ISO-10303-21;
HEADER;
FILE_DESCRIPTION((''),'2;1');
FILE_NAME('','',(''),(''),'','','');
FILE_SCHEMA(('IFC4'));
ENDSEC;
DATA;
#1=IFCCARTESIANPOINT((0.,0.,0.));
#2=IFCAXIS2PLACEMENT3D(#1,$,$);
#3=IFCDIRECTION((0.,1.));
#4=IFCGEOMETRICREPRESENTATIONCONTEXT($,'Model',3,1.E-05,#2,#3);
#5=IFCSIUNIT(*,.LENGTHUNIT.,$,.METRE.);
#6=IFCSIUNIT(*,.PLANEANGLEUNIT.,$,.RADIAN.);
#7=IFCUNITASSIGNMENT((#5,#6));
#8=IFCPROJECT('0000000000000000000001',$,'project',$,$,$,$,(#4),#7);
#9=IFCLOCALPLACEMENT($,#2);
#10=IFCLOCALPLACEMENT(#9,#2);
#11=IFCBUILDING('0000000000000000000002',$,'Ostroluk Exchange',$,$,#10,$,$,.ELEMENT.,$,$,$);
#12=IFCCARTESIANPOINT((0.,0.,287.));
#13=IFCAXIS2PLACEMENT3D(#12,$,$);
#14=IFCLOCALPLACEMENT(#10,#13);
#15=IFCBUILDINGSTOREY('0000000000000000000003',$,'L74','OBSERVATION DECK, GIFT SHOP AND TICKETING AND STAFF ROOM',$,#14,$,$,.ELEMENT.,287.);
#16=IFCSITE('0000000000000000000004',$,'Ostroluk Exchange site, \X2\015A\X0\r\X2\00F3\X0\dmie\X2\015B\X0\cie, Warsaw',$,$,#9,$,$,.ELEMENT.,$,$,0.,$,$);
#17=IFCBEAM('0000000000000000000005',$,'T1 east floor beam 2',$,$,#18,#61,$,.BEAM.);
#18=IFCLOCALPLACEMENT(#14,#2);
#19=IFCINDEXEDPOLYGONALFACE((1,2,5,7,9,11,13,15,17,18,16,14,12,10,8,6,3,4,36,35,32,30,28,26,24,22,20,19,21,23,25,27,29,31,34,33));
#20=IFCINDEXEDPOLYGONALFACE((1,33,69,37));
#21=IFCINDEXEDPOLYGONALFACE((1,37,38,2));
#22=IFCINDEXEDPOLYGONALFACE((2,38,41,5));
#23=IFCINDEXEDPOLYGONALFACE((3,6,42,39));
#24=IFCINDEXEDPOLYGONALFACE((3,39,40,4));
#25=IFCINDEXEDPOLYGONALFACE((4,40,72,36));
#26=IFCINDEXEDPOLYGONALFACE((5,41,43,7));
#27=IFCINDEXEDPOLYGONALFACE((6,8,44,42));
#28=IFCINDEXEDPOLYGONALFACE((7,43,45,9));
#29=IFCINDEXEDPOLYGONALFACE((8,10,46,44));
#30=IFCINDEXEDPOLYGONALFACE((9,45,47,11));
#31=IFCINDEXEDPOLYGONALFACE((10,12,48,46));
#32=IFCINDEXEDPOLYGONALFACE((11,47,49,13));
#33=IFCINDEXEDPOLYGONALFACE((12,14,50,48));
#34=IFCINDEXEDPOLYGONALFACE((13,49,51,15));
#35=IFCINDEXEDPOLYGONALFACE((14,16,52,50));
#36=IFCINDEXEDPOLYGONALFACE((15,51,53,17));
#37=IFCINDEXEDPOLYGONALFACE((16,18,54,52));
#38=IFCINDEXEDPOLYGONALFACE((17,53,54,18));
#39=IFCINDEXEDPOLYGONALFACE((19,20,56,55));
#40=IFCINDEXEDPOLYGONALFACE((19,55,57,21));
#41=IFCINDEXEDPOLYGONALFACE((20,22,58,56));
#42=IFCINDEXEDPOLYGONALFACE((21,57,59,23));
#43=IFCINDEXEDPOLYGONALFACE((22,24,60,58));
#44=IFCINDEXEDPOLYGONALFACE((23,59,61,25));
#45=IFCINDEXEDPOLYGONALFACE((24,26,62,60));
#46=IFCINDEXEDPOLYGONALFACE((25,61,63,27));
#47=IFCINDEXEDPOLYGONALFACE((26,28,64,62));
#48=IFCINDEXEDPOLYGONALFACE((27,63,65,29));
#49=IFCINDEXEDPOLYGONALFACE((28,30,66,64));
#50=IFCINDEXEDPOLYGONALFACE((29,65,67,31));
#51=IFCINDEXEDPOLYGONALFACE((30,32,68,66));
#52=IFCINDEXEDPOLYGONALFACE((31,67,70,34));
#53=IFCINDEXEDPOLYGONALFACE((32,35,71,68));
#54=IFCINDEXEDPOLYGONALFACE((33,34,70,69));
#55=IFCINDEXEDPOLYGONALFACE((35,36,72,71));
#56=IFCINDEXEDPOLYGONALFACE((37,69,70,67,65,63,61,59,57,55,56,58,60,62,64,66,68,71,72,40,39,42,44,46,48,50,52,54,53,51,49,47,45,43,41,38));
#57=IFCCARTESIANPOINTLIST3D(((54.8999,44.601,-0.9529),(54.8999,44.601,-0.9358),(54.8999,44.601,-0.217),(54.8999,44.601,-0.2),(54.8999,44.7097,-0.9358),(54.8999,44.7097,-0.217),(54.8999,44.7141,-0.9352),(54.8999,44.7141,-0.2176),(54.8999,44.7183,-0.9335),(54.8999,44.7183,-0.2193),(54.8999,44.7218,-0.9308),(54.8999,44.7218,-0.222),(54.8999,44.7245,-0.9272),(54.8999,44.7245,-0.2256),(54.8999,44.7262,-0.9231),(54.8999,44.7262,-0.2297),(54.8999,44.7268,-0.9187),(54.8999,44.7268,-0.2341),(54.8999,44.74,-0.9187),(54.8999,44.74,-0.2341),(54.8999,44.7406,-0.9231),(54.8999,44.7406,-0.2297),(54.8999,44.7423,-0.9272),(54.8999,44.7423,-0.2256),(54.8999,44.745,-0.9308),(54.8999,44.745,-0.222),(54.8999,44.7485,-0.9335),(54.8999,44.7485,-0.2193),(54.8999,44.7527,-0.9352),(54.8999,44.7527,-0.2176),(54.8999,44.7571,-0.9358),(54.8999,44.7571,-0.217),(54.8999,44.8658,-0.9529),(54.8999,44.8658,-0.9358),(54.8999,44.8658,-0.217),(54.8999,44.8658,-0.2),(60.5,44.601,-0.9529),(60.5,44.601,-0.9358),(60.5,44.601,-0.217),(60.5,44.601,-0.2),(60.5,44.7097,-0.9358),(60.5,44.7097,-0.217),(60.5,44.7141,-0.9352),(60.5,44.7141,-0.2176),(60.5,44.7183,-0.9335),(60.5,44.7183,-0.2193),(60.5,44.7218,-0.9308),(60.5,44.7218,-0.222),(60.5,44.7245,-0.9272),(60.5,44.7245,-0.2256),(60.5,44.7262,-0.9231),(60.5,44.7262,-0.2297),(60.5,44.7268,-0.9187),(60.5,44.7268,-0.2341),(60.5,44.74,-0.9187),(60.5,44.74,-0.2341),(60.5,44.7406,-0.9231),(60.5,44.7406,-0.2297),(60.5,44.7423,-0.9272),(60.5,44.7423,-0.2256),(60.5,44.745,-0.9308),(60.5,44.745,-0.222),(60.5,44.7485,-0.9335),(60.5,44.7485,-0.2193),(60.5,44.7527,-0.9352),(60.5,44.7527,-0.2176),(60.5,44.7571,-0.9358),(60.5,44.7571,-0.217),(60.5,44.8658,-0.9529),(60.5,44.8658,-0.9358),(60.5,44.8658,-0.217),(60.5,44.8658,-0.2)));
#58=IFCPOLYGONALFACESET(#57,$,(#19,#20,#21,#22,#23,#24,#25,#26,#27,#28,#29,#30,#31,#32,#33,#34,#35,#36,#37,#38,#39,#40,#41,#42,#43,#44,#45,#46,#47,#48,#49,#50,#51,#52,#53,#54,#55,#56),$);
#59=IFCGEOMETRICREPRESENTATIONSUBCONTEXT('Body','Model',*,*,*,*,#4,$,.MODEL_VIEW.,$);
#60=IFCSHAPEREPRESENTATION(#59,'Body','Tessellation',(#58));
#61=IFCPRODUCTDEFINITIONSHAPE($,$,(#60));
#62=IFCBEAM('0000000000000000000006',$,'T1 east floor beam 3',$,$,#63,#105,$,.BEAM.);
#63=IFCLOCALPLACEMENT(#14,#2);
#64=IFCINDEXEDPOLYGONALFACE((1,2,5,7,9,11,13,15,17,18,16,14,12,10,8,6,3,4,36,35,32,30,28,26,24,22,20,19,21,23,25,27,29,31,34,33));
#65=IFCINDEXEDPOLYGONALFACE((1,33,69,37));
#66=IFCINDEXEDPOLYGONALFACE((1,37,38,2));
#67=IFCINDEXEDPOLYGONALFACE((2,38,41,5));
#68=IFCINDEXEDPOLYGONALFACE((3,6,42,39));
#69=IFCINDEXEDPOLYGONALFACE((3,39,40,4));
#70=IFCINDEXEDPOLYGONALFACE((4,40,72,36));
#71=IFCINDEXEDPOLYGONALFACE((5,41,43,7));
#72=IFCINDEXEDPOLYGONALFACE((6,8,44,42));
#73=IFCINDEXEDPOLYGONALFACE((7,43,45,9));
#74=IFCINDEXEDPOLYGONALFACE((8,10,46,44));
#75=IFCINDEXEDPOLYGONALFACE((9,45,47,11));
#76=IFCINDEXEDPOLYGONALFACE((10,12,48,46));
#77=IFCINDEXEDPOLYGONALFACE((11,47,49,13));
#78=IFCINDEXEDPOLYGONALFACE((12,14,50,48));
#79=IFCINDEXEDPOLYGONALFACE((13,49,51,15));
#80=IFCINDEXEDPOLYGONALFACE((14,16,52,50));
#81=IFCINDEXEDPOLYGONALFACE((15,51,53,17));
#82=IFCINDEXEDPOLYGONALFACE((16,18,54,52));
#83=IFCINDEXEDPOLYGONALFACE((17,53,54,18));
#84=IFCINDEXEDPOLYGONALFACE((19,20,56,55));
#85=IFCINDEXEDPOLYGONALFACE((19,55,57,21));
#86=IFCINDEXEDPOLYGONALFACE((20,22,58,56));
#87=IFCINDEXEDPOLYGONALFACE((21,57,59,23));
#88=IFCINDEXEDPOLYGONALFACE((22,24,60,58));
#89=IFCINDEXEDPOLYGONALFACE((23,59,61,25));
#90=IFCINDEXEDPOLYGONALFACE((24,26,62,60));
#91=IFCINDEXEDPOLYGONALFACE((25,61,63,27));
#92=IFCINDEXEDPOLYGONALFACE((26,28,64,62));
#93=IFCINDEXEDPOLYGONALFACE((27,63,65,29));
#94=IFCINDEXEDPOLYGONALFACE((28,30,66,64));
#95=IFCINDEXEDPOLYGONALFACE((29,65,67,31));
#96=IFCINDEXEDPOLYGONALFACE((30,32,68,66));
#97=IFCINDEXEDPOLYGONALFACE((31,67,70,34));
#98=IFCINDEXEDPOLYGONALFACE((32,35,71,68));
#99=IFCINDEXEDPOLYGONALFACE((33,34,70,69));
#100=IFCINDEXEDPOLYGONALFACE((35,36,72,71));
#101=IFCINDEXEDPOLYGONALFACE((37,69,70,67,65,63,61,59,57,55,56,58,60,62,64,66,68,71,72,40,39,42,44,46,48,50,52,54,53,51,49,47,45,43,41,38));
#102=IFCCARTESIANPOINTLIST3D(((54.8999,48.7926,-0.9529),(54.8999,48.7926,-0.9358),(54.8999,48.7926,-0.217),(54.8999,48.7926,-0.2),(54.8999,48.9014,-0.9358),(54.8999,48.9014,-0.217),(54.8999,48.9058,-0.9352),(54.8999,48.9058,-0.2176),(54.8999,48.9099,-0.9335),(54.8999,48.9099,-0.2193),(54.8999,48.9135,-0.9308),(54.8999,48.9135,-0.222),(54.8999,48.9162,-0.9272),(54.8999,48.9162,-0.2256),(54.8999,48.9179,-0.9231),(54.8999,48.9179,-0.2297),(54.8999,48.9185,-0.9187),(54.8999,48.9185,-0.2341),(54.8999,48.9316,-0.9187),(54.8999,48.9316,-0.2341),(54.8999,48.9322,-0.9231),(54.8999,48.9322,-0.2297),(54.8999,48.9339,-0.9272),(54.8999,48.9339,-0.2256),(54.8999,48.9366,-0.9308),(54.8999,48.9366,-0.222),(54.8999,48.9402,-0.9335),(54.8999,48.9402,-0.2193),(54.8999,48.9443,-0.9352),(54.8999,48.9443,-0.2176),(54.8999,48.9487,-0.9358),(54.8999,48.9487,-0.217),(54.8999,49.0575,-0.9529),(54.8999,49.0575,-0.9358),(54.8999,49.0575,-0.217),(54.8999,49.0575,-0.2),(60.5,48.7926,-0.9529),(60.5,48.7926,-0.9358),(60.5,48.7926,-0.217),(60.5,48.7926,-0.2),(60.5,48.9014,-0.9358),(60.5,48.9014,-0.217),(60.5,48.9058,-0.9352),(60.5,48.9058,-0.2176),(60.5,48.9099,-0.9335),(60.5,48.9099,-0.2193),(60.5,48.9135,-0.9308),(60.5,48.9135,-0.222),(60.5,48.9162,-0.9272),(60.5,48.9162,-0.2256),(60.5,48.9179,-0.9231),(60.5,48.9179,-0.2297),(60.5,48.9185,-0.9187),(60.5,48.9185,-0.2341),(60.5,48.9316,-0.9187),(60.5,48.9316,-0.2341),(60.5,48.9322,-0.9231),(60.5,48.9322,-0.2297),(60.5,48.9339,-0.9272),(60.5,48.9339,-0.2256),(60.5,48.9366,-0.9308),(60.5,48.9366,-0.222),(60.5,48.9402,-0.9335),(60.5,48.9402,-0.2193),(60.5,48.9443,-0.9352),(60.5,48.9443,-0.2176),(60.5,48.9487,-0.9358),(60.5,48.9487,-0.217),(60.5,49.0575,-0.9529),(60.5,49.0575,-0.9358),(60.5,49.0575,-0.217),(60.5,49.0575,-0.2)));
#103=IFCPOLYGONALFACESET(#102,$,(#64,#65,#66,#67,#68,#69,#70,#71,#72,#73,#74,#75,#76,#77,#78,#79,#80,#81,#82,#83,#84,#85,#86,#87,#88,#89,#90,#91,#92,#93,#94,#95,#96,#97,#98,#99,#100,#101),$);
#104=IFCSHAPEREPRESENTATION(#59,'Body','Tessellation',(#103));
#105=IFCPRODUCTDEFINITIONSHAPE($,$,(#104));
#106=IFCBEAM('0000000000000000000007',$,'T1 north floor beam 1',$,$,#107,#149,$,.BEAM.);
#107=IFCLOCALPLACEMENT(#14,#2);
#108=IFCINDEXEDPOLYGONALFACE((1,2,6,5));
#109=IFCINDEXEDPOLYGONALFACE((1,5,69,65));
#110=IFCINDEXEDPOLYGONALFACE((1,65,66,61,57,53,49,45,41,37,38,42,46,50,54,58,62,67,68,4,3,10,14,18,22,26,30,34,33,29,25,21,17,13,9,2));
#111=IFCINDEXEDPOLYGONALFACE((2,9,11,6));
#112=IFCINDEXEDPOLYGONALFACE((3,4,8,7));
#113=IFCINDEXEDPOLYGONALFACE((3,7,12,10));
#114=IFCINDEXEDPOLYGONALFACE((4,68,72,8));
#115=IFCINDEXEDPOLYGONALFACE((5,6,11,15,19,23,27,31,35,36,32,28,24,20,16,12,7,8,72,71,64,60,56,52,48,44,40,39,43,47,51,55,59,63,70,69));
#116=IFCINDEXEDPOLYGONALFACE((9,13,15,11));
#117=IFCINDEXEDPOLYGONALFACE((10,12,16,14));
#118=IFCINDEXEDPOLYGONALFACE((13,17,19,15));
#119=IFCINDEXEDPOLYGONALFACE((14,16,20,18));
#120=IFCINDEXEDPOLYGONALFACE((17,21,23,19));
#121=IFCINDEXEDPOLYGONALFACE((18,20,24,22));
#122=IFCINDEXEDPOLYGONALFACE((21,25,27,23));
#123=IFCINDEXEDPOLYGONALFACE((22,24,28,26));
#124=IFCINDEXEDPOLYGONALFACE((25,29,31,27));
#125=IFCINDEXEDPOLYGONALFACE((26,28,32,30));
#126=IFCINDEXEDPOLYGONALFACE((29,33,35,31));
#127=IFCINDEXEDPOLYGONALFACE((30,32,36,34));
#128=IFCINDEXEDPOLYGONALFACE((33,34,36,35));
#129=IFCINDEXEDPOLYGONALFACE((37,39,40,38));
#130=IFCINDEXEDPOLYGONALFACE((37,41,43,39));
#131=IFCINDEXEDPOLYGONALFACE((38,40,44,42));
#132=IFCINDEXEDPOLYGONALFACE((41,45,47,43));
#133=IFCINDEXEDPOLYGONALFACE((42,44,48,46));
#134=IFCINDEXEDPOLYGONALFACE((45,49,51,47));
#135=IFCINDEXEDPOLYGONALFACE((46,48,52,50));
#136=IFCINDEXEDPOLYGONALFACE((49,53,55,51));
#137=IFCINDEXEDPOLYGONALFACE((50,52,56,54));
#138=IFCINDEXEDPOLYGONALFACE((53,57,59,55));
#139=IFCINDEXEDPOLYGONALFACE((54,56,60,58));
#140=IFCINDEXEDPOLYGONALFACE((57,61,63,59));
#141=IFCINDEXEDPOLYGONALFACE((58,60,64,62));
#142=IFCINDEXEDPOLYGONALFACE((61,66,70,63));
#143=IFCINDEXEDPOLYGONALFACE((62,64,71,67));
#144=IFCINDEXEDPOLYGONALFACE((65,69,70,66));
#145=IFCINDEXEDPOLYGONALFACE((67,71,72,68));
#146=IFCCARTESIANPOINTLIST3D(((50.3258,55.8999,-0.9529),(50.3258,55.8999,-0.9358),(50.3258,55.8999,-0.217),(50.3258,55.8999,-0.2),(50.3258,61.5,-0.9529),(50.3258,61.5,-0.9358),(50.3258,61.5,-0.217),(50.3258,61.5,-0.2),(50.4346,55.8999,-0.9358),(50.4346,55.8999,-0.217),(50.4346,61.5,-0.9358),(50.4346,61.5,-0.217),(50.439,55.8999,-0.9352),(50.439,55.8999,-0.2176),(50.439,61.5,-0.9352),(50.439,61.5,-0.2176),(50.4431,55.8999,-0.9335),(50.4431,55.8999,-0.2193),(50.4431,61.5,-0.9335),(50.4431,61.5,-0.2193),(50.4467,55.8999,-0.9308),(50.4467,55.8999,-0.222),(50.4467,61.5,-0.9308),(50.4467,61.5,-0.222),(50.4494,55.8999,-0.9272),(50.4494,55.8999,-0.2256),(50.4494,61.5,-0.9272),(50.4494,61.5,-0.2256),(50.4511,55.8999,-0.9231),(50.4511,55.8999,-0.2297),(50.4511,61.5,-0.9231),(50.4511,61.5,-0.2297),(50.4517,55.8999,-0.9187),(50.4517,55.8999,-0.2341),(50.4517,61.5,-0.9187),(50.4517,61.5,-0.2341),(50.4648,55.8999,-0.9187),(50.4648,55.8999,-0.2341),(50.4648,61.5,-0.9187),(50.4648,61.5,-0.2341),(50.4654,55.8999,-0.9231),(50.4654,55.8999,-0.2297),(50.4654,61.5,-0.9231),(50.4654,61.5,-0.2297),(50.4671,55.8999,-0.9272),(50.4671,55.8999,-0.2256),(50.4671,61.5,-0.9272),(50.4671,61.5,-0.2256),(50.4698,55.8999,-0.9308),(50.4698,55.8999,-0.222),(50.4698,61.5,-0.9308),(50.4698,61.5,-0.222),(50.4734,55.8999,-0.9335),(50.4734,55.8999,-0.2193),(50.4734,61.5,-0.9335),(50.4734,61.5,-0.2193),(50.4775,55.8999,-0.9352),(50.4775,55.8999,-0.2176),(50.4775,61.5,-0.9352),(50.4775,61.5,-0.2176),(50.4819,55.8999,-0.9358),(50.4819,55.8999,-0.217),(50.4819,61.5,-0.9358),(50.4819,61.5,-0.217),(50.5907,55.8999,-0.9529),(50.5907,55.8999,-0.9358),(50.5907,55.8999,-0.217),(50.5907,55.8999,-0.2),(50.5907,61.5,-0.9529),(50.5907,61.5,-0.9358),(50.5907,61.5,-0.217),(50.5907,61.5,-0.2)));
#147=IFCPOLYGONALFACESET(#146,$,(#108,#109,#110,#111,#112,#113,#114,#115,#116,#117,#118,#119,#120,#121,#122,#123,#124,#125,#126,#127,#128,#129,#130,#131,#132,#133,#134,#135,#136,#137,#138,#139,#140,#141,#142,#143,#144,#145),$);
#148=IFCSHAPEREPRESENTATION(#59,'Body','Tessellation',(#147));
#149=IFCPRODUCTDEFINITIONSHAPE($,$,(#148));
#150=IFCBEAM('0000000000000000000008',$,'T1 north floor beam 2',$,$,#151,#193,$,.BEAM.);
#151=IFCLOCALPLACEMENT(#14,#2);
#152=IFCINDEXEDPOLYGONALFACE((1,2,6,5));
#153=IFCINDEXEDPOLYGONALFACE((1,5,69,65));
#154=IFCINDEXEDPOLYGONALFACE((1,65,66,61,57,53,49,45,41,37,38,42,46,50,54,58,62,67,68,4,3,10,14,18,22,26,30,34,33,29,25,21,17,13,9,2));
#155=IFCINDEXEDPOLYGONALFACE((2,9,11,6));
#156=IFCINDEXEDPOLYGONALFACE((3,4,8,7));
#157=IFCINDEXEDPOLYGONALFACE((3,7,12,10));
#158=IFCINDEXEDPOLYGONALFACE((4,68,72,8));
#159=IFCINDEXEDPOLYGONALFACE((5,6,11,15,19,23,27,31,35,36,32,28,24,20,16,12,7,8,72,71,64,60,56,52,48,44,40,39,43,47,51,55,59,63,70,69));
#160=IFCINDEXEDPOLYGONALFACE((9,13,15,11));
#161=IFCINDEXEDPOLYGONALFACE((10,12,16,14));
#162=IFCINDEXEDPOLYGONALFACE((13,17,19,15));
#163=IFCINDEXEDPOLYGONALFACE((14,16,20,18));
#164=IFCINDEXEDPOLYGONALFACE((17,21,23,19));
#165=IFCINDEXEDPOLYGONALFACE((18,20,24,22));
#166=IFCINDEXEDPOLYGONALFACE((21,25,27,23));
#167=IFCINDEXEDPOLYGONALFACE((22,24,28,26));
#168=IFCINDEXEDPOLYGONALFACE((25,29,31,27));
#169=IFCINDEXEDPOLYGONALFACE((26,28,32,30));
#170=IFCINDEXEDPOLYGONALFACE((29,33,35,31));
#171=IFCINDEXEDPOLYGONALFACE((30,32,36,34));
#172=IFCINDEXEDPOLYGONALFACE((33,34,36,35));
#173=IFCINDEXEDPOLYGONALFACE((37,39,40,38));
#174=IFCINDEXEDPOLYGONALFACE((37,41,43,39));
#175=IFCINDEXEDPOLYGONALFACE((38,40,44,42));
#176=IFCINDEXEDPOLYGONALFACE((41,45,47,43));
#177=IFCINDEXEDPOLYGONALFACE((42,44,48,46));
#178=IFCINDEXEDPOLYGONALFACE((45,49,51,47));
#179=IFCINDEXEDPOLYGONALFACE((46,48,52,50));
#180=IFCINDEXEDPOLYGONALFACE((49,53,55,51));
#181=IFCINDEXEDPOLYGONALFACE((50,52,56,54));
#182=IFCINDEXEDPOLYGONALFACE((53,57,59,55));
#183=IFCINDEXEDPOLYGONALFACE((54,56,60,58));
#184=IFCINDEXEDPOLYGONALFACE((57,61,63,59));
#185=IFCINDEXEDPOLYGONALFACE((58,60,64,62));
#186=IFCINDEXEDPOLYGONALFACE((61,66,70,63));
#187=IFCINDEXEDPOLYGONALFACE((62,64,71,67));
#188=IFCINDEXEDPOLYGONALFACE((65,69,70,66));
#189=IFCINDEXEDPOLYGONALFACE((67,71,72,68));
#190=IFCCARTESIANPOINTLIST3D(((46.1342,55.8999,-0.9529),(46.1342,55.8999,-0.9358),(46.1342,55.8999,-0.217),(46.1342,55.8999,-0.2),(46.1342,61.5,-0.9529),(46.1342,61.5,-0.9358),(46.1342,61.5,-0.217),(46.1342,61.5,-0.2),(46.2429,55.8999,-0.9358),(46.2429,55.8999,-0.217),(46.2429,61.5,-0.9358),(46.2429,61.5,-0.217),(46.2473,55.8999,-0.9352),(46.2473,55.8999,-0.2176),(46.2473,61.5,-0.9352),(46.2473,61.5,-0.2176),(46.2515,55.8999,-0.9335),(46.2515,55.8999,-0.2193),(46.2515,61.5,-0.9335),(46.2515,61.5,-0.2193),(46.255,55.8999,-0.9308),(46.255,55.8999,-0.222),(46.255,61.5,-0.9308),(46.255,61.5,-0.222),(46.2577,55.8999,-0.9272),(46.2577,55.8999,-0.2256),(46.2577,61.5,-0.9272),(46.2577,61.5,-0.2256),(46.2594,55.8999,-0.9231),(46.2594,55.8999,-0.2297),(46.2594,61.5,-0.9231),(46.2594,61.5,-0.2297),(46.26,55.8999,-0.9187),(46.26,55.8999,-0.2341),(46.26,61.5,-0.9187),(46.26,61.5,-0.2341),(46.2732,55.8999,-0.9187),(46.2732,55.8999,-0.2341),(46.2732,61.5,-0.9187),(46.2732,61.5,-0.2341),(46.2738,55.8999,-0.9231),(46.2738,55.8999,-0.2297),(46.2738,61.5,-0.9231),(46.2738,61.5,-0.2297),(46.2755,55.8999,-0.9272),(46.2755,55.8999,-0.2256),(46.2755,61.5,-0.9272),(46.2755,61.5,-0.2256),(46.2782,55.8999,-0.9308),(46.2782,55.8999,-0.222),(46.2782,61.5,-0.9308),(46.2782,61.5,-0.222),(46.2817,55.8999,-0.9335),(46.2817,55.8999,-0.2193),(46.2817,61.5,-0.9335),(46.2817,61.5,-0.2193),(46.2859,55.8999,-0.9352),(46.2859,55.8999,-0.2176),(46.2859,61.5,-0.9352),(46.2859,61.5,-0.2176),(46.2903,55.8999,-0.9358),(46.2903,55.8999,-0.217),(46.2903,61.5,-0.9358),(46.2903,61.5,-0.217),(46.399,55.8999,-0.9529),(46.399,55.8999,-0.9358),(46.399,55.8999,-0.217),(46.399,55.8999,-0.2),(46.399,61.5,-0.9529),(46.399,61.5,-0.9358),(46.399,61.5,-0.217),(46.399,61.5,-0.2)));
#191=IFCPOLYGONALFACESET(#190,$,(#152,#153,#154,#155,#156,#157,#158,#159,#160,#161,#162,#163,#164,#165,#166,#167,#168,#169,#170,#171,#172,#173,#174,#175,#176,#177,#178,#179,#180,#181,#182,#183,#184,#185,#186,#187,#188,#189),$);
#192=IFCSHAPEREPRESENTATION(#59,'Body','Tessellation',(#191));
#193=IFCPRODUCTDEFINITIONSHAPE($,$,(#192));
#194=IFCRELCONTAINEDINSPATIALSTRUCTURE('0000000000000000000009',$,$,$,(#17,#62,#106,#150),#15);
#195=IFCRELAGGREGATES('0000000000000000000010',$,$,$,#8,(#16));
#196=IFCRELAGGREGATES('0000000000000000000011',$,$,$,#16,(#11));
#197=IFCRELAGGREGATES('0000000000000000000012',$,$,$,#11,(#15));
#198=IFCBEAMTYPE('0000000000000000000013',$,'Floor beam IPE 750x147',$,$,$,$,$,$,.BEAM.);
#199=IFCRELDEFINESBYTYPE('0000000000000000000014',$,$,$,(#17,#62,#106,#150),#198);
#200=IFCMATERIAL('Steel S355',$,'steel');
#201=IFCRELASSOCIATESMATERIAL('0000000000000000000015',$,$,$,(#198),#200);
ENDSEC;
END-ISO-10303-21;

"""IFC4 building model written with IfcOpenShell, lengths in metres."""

from ifc_helpers import new_model, si_unit, direction, frame, origin, origin_2d, place, context, subcontext, project, spatial, i_section, extrude, material, material_profile, profile_set, type_object, element, save


model = new_model("IFC4")

# Units and contexts
model_context = context("Model", 3, precision=1e-05, world=origin(), true_north=direction((0.0, 1.0)))
body_context = subcontext(model_context, "Body", "Model", "MODEL_VIEW")
ifc_project = project(units=[si_unit("LENGTHUNIT", "METRE"), si_unit("PLANEANGLEUNIT", "RADIAN")], contexts=[model_context])

# Site, building, storey
site_placement = place(None, origin())
site = spatial("IfcSite", under=ifc_project, at=site_placement, Name="Ostroluk Exchange site, Śródmieście, Warsaw", CompositionType="ELEMENT", RefElevation=0.0)
building_placement = place(site_placement, origin())
building = spatial("IfcBuilding", under=site, at=building_placement, Name="Ostroluk Exchange", CompositionType="ELEMENT")
storey_placement = place(building_placement, frame((0.0, 0.0, 287.0)))
storey = spatial("IfcBuildingStorey", under=building, at=storey_placement, Name="L74", Description="OBSERVATION DECK, GIFT SHOP AND TICKETING AND STAFF ROOM", CompositionType="ELEMENT", Elevation=287.0)

# Beams
ifc_material_1 = material(Name="Steel S355", Category="steel")
ifc_material_profile = material_profile(ifc_material_1, i_section(OverallWidth=0.2649, OverallDepth=0.7529, WebThickness=0.0132, FlangeThickness=0.0171, FilletRadius=0.0171, at=origin_2d()), Name="IPE 750x147")
ifc_profile_set = profile_set([ifc_material_profile], Name="Steel S355")
beam_type = type_object("IfcBeamType", Name="Floor beam IPE 750x147", PredefinedType="BEAM", material=ifc_profile_set)
for number, where, z_axis, x_axis, name in (
    (1, (54.8999, 44.7334, -0.5764), (1.0, 0.0, 0.0), (0.0, 1.0, 0.0), "T1 east floor beam 2"),
    (2, (54.8999, 48.925, -0.5764), (1.0, 0.0, 0.0), (0.0, 1.0, 0.0), "T1 east floor beam 3"),
    (3, (50.4583, 55.8999, -0.5764), (0.0, 1.0, 0.0), (-1.0, 0.0, 0.0), "T1 north floor beam 1"),
    (4, (46.2666, 55.8999, -0.5764), (0.0, 1.0, 0.0), (-1.0, 0.0, 0.0), "T1 north floor beam 2"),
):
    element("IfcBeam", number, at=place(storey_placement, frame(where, z_axis=z_axis, x_axis=x_axis)), inside=storey, type_object=beam_type, Name=name, PredefinedType="BEAM", context=body_context, shape_type="SweptSolid", body=[
        extrude(i_section(OverallWidth=0.2649, OverallDepth=0.7529, WebThickness=0.0132, FlangeThickness=0.0171, FilletRadius=0.0171, at=origin_2d()), origin(), (0.0, 0.0, 1.0), 5.6001),
    ])

save(model, "model.ifc")
